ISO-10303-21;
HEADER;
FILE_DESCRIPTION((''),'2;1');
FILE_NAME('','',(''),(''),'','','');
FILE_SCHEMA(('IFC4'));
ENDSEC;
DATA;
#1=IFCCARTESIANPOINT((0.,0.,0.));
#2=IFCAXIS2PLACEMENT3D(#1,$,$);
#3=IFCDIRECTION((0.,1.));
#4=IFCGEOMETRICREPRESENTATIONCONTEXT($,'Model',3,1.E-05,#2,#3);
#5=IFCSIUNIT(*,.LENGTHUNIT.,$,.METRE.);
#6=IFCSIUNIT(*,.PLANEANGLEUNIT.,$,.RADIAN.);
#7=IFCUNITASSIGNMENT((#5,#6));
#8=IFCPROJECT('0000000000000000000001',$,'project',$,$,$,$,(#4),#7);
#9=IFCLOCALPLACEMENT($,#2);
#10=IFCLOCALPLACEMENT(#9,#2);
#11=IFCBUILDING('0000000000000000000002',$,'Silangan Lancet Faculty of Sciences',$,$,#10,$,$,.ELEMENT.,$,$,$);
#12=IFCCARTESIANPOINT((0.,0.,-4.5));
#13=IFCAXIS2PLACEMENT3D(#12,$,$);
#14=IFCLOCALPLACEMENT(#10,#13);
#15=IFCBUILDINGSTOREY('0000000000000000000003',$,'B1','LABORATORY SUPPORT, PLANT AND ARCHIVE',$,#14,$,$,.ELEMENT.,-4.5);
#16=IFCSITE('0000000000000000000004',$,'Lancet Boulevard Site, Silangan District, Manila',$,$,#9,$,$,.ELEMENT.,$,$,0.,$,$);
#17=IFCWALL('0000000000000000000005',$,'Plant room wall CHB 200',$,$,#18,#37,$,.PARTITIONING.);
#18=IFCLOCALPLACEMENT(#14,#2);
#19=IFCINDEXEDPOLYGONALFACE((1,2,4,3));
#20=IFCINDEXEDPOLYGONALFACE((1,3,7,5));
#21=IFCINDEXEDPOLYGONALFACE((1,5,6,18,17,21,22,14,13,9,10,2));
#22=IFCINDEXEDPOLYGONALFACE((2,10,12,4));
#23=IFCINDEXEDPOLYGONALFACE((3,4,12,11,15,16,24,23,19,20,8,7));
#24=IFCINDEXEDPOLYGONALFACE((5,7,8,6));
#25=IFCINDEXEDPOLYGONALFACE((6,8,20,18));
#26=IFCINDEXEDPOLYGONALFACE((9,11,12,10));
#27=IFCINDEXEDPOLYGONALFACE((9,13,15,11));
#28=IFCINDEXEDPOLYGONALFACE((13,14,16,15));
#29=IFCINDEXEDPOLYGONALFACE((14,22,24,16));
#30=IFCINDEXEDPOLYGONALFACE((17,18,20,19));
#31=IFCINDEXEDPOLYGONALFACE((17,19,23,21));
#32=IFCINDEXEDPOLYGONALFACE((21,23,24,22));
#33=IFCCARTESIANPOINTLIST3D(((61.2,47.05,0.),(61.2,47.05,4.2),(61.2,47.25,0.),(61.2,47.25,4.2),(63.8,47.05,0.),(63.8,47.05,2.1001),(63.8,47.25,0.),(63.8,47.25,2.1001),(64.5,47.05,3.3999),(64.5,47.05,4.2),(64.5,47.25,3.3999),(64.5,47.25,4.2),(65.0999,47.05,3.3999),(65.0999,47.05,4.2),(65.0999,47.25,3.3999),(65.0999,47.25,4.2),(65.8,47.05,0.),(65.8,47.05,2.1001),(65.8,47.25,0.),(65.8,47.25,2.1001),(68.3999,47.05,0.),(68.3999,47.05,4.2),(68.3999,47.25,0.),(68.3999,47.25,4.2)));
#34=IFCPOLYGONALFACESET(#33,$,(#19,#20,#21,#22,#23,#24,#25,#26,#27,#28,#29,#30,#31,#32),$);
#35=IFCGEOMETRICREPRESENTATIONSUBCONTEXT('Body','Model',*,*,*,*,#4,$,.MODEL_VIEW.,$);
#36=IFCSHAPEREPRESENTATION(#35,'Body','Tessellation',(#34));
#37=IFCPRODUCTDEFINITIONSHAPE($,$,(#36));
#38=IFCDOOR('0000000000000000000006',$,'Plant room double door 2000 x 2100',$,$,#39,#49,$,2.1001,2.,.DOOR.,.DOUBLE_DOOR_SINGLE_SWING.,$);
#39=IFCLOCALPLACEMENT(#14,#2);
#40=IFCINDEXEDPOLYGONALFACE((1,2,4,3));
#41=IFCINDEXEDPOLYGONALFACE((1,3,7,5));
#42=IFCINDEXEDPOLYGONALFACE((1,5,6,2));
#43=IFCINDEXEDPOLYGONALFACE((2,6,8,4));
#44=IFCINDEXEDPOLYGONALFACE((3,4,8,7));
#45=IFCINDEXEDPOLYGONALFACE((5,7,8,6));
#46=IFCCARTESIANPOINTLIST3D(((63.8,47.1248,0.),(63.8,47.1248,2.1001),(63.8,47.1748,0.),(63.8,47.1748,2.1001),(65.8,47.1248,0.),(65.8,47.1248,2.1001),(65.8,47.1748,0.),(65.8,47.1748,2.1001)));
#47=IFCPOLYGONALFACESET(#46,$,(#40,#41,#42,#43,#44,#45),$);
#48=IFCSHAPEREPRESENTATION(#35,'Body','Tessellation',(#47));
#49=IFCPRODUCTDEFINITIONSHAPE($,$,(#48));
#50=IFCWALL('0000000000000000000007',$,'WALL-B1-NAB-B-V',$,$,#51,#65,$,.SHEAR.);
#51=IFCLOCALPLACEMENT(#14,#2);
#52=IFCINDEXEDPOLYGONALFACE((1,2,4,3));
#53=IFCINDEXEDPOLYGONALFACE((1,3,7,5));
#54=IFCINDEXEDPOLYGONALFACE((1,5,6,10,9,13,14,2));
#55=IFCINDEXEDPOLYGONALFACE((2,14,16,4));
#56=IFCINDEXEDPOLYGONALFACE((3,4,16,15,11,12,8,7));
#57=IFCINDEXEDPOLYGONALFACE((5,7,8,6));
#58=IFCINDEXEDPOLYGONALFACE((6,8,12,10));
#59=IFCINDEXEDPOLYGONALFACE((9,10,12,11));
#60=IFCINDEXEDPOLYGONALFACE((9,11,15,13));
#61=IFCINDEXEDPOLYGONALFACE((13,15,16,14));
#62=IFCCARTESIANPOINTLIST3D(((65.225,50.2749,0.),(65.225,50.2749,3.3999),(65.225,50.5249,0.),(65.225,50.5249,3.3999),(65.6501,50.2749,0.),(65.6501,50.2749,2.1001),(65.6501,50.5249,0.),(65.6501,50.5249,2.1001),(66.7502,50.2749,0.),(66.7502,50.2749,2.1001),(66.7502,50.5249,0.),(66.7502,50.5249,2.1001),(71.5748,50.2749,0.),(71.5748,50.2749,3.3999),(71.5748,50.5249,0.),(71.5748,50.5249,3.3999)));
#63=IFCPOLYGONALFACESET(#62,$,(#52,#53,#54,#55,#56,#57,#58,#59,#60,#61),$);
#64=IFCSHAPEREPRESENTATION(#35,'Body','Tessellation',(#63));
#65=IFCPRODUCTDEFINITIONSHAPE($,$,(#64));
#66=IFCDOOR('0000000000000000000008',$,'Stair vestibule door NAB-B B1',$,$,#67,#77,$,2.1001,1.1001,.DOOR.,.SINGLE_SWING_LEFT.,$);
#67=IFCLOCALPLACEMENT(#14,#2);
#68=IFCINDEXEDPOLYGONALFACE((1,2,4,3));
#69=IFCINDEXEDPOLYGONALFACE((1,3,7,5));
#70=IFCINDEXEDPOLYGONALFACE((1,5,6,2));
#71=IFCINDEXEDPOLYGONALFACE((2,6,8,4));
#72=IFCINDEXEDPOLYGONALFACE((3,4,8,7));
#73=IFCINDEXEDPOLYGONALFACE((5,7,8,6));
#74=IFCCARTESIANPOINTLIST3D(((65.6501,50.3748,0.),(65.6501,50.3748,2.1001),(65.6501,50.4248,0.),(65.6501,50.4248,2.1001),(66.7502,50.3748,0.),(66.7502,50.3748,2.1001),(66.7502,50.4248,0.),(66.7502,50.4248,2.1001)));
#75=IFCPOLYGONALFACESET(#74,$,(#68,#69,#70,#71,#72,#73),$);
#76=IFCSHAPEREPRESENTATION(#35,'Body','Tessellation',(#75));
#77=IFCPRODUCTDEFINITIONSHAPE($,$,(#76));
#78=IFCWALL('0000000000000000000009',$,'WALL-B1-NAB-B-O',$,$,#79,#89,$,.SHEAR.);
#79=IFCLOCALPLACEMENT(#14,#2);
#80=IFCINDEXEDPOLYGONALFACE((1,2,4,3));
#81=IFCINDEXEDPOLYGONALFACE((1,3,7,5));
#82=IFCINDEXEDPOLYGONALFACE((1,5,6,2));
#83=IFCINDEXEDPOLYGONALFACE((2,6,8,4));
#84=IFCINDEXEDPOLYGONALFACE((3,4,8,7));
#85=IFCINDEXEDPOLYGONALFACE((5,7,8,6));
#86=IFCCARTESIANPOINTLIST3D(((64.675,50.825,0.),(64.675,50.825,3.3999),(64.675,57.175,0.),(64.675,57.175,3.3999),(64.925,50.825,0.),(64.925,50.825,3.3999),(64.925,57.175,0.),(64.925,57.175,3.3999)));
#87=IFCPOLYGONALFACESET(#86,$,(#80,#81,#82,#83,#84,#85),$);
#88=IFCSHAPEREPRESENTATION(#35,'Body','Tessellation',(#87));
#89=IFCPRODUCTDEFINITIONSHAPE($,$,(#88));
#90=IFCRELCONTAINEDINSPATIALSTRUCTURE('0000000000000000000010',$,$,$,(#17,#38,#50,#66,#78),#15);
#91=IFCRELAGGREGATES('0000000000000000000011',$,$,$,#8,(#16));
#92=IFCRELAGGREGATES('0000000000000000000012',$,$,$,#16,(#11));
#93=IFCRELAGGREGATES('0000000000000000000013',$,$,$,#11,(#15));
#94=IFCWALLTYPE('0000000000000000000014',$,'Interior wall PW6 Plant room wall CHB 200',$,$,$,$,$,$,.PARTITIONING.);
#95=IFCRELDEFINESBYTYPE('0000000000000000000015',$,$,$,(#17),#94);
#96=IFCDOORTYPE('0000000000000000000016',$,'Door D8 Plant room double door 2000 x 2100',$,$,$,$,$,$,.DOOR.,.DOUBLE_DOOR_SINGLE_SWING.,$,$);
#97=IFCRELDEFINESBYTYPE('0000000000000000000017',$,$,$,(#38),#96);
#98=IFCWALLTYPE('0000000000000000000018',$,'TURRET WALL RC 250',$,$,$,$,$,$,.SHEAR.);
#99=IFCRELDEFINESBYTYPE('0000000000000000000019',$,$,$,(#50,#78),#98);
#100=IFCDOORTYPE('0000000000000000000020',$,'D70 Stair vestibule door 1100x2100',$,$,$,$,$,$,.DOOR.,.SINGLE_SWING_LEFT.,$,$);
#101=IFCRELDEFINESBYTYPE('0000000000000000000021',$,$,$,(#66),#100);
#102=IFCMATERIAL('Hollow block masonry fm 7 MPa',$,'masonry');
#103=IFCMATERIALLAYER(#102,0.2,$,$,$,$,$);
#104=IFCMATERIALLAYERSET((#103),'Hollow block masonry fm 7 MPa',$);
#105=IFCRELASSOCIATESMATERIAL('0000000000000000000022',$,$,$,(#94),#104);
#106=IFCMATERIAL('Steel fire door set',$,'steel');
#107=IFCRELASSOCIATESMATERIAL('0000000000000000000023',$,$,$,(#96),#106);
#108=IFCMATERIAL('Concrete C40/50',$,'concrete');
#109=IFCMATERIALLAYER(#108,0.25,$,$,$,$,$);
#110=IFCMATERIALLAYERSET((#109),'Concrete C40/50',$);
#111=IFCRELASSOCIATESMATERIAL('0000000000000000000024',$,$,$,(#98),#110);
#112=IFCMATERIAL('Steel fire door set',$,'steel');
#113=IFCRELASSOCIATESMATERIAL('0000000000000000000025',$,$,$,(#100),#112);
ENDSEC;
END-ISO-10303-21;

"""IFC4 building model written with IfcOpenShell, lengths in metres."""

from ifc_helpers import new_model, si_unit, direction, frame, frame_2d, origin, place, context, subcontext, project, spatial, polyline, rectangle, outline, extrude, material, layer, layer_set, type_object, element, fill, save


model = new_model("IFC4")

# Units and contexts
model_context = context("Model", 3, precision=1e-05, world=origin(), true_north=direction((0.0, 1.0)))
body_context = subcontext(model_context, "Body", "Model", "MODEL_VIEW")
ifc_project = project(units=[si_unit("LENGTHUNIT", "METRE"), si_unit("PLANEANGLEUNIT", "RADIAN")], contexts=[model_context])

# Site, building, storey
site_placement = place(None, origin())
site = spatial("IfcSite", under=ifc_project, at=site_placement, Name="Lancet Boulevard Site, Silangan District, Manila", CompositionType="ELEMENT", RefElevation=0.0)
building_placement = place(site_placement, origin())
building = spatial("IfcBuilding", under=site, at=building_placement, Name="Silangan Lancet Faculty of Sciences", CompositionType="ELEMENT")
storey_placement = place(building_placement, frame((0.0, 0.0, -4.5)))
storey = spatial("IfcBuildingStorey", under=building, at=storey_placement, Name="B1", Description="LABORATORY SUPPORT, PLANT AND ARCHIVE", CompositionType="ELEMENT", Elevation=-4.5)

# Walls, openings, doors
ifc_material_1 = material(Name="Hollow block masonry fm 7 MPa", Category="masonry")
ifc_layer_1 = layer(ifc_material_1, 0.2)
ifc_layer_set_1 = layer_set([ifc_layer_1], Name="Hollow block masonry fm 7 MPa")
wall_type_1 = type_object("IfcWallType", Name="Interior wall PW6 Plant room wall CHB 200", PredefinedType="PARTITIONING", material=ifc_layer_set_1)
wall_1_placement = place(storey_placement, frame((61.2, 47.1499, 0.0), z_axis=(0.0, 0.0, 1.0), x_axis=(1.0, 0.0, 0.0)))
wall_1 = element("IfcWall", 1, at=wall_1_placement, inside=storey, type_object=wall_type_1, Name="Plant room wall CHB 200", PredefinedType="PARTITIONING", context=body_context, shape_type="SweptSolid", body=[
    extrude(outline(polyline([(0.0, 0.0), (7.2, 0.0), (7.2, 4.2), (3.8999, 4.2), (3.8999, 3.3999), (3.3, 3.3999), (3.3, 4.2), (0.0, 4.2), (0.0, 0.0)])), frame((0.0, 0.1001, 0.0), z_axis=(0.0, -1.0, 0.0), x_axis=(1.0, 0.0, 0.0)), (0.0, 0.0, 1.0), 0.2),
])
opening_1_placement = place(wall_1_placement, frame((2.6001, 0.0, 0.0)))
opening_1 = element("IfcOpeningElement", 2, at=opening_1_placement, cuts=wall_1, PredefinedType="OPENING", context=body_context, shape_type="SweptSolid", body=[
    extrude(rectangle(XDim=2.0, YDim=2.1001, at=frame_2d((1.0, 1.05))), frame((0.0, 0.1099, 0.0), z_axis=(0.0, -1.0, 0.0), x_axis=(1.0, 0.0, 0.0)), (0.0, 0.0, 1.0), 0.22),
])
ifc_material_2 = material(Name="Steel fire door set", Category="steel")
door_type_1 = type_object("IfcDoorType", Name="Door D8 Plant room double door 2000 x 2100", OperationType="DOUBLE_DOOR_SINGLE_SWING", PredefinedType="DOOR", material=ifc_material_2)
door_1_placement = place(opening_1_placement, origin())
door_1 = element("IfcDoor", 3, at=door_1_placement, inside=storey, type_object=door_type_1, Name="Plant room double door 2000 x 2100", OperationType="DOUBLE_DOOR_SINGLE_SWING", OverallHeight=2.1001, OverallWidth=2.0, PredefinedType="DOOR", context=body_context, shape_type="SweptSolid", body=[
    extrude(rectangle(XDim=2.0, YDim=2.1001, at=frame_2d((1.0, 1.05))), frame((0.0, 0.0249, 0.0), z_axis=(0.0, -1.0, 0.0), x_axis=(1.0, 0.0, 0.0)), (0.0, 0.0, 1.0), 0.05),
])
fill(opening_1, door_1)
ifc_material_3 = material(Name="Concrete C40/50", Category="concrete")
ifc_layer_2 = layer(ifc_material_3, 0.25)
ifc_layer_set_2 = layer_set([ifc_layer_2], Name="Concrete C40/50")
wall_type_2 = type_object("IfcWallType", Name="TURRET WALL RC 250", PredefinedType="SHEAR", material=ifc_layer_set_2)
wall_2_placement = place(storey_placement, frame((65.2251, 50.3999, 0.0), z_axis=(0.0, 0.0, 1.0), x_axis=(1.0, 0.0, 0.0)))
wall_2 = element("IfcWall", 4, at=wall_2_placement, inside=storey, type_object=wall_type_2, Name="WALL-B1-NAB-B-V", PredefinedType="SHEAR", context=body_context, shape_type="SweptSolid", body=[
    extrude(rectangle(XDim=6.3499, YDim=0.25, at=frame_2d((3.1748, 0.0))), origin(), (0.0, 0.0, 1.0), 3.3999),
])
opening_2_placement = place(wall_2_placement, frame((0.425, 0.0, 0.0)))
opening_2 = element("IfcOpeningElement", 5, at=opening_2_placement, cuts=wall_2, PredefinedType="OPENING", context=body_context, shape_type="SweptSolid", body=[
    extrude(rectangle(XDim=1.1001, YDim=2.1001, at=frame_2d((0.55, 1.05))), frame((0.0, 0.135, 0.0), z_axis=(0.0, -1.0, 0.0), x_axis=(1.0, 0.0, 0.0)), (0.0, 0.0, 1.0), 0.27),
])
ifc_material_4 = material(Name="Steel fire door set", Category="steel")
door_type_2 = type_object("IfcDoorType", Name="D70 Stair vestibule door 1100x2100", OperationType="SINGLE_SWING_LEFT", PredefinedType="DOOR", material=ifc_material_4)
door_2_placement = place(opening_2_placement, origin())
door_2 = element("IfcDoor", 6, at=door_2_placement, inside=storey, type_object=door_type_2, Name="Stair vestibule door NAB-B B1", OperationType="SINGLE_SWING_LEFT", OverallHeight=2.1001, OverallWidth=1.1001, PredefinedType="DOOR", context=body_context, shape_type="SweptSolid", body=[
    extrude(rectangle(XDim=1.1001, YDim=2.1001, at=frame_2d((0.55, 1.05))), frame((0.0, 0.0249, 0.0), z_axis=(0.0, -1.0, 0.0), x_axis=(1.0, 0.0, 0.0)), (0.0, 0.0, 1.0), 0.05),
])
fill(opening_2, door_2)

# Wall
wall_3_placement = place(storey_placement, frame((64.8, 50.825, 0.0), z_axis=(0.0, 0.0, 1.0), x_axis=(0.0, 1.0, 0.0)))
element("IfcWall", 7, at=wall_3_placement, inside=storey, type_object=wall_type_2, Name="WALL-B1-NAB-B-O", PredefinedType="SHEAR", context=body_context, shape_type="SweptSolid", body=[
    extrude(rectangle(XDim=6.3501, YDim=0.25, at=frame_2d((3.175, 0.0))), origin(), (0.0, 0.0, 1.0), 3.3999),
])

save(model, "model.ifc")
